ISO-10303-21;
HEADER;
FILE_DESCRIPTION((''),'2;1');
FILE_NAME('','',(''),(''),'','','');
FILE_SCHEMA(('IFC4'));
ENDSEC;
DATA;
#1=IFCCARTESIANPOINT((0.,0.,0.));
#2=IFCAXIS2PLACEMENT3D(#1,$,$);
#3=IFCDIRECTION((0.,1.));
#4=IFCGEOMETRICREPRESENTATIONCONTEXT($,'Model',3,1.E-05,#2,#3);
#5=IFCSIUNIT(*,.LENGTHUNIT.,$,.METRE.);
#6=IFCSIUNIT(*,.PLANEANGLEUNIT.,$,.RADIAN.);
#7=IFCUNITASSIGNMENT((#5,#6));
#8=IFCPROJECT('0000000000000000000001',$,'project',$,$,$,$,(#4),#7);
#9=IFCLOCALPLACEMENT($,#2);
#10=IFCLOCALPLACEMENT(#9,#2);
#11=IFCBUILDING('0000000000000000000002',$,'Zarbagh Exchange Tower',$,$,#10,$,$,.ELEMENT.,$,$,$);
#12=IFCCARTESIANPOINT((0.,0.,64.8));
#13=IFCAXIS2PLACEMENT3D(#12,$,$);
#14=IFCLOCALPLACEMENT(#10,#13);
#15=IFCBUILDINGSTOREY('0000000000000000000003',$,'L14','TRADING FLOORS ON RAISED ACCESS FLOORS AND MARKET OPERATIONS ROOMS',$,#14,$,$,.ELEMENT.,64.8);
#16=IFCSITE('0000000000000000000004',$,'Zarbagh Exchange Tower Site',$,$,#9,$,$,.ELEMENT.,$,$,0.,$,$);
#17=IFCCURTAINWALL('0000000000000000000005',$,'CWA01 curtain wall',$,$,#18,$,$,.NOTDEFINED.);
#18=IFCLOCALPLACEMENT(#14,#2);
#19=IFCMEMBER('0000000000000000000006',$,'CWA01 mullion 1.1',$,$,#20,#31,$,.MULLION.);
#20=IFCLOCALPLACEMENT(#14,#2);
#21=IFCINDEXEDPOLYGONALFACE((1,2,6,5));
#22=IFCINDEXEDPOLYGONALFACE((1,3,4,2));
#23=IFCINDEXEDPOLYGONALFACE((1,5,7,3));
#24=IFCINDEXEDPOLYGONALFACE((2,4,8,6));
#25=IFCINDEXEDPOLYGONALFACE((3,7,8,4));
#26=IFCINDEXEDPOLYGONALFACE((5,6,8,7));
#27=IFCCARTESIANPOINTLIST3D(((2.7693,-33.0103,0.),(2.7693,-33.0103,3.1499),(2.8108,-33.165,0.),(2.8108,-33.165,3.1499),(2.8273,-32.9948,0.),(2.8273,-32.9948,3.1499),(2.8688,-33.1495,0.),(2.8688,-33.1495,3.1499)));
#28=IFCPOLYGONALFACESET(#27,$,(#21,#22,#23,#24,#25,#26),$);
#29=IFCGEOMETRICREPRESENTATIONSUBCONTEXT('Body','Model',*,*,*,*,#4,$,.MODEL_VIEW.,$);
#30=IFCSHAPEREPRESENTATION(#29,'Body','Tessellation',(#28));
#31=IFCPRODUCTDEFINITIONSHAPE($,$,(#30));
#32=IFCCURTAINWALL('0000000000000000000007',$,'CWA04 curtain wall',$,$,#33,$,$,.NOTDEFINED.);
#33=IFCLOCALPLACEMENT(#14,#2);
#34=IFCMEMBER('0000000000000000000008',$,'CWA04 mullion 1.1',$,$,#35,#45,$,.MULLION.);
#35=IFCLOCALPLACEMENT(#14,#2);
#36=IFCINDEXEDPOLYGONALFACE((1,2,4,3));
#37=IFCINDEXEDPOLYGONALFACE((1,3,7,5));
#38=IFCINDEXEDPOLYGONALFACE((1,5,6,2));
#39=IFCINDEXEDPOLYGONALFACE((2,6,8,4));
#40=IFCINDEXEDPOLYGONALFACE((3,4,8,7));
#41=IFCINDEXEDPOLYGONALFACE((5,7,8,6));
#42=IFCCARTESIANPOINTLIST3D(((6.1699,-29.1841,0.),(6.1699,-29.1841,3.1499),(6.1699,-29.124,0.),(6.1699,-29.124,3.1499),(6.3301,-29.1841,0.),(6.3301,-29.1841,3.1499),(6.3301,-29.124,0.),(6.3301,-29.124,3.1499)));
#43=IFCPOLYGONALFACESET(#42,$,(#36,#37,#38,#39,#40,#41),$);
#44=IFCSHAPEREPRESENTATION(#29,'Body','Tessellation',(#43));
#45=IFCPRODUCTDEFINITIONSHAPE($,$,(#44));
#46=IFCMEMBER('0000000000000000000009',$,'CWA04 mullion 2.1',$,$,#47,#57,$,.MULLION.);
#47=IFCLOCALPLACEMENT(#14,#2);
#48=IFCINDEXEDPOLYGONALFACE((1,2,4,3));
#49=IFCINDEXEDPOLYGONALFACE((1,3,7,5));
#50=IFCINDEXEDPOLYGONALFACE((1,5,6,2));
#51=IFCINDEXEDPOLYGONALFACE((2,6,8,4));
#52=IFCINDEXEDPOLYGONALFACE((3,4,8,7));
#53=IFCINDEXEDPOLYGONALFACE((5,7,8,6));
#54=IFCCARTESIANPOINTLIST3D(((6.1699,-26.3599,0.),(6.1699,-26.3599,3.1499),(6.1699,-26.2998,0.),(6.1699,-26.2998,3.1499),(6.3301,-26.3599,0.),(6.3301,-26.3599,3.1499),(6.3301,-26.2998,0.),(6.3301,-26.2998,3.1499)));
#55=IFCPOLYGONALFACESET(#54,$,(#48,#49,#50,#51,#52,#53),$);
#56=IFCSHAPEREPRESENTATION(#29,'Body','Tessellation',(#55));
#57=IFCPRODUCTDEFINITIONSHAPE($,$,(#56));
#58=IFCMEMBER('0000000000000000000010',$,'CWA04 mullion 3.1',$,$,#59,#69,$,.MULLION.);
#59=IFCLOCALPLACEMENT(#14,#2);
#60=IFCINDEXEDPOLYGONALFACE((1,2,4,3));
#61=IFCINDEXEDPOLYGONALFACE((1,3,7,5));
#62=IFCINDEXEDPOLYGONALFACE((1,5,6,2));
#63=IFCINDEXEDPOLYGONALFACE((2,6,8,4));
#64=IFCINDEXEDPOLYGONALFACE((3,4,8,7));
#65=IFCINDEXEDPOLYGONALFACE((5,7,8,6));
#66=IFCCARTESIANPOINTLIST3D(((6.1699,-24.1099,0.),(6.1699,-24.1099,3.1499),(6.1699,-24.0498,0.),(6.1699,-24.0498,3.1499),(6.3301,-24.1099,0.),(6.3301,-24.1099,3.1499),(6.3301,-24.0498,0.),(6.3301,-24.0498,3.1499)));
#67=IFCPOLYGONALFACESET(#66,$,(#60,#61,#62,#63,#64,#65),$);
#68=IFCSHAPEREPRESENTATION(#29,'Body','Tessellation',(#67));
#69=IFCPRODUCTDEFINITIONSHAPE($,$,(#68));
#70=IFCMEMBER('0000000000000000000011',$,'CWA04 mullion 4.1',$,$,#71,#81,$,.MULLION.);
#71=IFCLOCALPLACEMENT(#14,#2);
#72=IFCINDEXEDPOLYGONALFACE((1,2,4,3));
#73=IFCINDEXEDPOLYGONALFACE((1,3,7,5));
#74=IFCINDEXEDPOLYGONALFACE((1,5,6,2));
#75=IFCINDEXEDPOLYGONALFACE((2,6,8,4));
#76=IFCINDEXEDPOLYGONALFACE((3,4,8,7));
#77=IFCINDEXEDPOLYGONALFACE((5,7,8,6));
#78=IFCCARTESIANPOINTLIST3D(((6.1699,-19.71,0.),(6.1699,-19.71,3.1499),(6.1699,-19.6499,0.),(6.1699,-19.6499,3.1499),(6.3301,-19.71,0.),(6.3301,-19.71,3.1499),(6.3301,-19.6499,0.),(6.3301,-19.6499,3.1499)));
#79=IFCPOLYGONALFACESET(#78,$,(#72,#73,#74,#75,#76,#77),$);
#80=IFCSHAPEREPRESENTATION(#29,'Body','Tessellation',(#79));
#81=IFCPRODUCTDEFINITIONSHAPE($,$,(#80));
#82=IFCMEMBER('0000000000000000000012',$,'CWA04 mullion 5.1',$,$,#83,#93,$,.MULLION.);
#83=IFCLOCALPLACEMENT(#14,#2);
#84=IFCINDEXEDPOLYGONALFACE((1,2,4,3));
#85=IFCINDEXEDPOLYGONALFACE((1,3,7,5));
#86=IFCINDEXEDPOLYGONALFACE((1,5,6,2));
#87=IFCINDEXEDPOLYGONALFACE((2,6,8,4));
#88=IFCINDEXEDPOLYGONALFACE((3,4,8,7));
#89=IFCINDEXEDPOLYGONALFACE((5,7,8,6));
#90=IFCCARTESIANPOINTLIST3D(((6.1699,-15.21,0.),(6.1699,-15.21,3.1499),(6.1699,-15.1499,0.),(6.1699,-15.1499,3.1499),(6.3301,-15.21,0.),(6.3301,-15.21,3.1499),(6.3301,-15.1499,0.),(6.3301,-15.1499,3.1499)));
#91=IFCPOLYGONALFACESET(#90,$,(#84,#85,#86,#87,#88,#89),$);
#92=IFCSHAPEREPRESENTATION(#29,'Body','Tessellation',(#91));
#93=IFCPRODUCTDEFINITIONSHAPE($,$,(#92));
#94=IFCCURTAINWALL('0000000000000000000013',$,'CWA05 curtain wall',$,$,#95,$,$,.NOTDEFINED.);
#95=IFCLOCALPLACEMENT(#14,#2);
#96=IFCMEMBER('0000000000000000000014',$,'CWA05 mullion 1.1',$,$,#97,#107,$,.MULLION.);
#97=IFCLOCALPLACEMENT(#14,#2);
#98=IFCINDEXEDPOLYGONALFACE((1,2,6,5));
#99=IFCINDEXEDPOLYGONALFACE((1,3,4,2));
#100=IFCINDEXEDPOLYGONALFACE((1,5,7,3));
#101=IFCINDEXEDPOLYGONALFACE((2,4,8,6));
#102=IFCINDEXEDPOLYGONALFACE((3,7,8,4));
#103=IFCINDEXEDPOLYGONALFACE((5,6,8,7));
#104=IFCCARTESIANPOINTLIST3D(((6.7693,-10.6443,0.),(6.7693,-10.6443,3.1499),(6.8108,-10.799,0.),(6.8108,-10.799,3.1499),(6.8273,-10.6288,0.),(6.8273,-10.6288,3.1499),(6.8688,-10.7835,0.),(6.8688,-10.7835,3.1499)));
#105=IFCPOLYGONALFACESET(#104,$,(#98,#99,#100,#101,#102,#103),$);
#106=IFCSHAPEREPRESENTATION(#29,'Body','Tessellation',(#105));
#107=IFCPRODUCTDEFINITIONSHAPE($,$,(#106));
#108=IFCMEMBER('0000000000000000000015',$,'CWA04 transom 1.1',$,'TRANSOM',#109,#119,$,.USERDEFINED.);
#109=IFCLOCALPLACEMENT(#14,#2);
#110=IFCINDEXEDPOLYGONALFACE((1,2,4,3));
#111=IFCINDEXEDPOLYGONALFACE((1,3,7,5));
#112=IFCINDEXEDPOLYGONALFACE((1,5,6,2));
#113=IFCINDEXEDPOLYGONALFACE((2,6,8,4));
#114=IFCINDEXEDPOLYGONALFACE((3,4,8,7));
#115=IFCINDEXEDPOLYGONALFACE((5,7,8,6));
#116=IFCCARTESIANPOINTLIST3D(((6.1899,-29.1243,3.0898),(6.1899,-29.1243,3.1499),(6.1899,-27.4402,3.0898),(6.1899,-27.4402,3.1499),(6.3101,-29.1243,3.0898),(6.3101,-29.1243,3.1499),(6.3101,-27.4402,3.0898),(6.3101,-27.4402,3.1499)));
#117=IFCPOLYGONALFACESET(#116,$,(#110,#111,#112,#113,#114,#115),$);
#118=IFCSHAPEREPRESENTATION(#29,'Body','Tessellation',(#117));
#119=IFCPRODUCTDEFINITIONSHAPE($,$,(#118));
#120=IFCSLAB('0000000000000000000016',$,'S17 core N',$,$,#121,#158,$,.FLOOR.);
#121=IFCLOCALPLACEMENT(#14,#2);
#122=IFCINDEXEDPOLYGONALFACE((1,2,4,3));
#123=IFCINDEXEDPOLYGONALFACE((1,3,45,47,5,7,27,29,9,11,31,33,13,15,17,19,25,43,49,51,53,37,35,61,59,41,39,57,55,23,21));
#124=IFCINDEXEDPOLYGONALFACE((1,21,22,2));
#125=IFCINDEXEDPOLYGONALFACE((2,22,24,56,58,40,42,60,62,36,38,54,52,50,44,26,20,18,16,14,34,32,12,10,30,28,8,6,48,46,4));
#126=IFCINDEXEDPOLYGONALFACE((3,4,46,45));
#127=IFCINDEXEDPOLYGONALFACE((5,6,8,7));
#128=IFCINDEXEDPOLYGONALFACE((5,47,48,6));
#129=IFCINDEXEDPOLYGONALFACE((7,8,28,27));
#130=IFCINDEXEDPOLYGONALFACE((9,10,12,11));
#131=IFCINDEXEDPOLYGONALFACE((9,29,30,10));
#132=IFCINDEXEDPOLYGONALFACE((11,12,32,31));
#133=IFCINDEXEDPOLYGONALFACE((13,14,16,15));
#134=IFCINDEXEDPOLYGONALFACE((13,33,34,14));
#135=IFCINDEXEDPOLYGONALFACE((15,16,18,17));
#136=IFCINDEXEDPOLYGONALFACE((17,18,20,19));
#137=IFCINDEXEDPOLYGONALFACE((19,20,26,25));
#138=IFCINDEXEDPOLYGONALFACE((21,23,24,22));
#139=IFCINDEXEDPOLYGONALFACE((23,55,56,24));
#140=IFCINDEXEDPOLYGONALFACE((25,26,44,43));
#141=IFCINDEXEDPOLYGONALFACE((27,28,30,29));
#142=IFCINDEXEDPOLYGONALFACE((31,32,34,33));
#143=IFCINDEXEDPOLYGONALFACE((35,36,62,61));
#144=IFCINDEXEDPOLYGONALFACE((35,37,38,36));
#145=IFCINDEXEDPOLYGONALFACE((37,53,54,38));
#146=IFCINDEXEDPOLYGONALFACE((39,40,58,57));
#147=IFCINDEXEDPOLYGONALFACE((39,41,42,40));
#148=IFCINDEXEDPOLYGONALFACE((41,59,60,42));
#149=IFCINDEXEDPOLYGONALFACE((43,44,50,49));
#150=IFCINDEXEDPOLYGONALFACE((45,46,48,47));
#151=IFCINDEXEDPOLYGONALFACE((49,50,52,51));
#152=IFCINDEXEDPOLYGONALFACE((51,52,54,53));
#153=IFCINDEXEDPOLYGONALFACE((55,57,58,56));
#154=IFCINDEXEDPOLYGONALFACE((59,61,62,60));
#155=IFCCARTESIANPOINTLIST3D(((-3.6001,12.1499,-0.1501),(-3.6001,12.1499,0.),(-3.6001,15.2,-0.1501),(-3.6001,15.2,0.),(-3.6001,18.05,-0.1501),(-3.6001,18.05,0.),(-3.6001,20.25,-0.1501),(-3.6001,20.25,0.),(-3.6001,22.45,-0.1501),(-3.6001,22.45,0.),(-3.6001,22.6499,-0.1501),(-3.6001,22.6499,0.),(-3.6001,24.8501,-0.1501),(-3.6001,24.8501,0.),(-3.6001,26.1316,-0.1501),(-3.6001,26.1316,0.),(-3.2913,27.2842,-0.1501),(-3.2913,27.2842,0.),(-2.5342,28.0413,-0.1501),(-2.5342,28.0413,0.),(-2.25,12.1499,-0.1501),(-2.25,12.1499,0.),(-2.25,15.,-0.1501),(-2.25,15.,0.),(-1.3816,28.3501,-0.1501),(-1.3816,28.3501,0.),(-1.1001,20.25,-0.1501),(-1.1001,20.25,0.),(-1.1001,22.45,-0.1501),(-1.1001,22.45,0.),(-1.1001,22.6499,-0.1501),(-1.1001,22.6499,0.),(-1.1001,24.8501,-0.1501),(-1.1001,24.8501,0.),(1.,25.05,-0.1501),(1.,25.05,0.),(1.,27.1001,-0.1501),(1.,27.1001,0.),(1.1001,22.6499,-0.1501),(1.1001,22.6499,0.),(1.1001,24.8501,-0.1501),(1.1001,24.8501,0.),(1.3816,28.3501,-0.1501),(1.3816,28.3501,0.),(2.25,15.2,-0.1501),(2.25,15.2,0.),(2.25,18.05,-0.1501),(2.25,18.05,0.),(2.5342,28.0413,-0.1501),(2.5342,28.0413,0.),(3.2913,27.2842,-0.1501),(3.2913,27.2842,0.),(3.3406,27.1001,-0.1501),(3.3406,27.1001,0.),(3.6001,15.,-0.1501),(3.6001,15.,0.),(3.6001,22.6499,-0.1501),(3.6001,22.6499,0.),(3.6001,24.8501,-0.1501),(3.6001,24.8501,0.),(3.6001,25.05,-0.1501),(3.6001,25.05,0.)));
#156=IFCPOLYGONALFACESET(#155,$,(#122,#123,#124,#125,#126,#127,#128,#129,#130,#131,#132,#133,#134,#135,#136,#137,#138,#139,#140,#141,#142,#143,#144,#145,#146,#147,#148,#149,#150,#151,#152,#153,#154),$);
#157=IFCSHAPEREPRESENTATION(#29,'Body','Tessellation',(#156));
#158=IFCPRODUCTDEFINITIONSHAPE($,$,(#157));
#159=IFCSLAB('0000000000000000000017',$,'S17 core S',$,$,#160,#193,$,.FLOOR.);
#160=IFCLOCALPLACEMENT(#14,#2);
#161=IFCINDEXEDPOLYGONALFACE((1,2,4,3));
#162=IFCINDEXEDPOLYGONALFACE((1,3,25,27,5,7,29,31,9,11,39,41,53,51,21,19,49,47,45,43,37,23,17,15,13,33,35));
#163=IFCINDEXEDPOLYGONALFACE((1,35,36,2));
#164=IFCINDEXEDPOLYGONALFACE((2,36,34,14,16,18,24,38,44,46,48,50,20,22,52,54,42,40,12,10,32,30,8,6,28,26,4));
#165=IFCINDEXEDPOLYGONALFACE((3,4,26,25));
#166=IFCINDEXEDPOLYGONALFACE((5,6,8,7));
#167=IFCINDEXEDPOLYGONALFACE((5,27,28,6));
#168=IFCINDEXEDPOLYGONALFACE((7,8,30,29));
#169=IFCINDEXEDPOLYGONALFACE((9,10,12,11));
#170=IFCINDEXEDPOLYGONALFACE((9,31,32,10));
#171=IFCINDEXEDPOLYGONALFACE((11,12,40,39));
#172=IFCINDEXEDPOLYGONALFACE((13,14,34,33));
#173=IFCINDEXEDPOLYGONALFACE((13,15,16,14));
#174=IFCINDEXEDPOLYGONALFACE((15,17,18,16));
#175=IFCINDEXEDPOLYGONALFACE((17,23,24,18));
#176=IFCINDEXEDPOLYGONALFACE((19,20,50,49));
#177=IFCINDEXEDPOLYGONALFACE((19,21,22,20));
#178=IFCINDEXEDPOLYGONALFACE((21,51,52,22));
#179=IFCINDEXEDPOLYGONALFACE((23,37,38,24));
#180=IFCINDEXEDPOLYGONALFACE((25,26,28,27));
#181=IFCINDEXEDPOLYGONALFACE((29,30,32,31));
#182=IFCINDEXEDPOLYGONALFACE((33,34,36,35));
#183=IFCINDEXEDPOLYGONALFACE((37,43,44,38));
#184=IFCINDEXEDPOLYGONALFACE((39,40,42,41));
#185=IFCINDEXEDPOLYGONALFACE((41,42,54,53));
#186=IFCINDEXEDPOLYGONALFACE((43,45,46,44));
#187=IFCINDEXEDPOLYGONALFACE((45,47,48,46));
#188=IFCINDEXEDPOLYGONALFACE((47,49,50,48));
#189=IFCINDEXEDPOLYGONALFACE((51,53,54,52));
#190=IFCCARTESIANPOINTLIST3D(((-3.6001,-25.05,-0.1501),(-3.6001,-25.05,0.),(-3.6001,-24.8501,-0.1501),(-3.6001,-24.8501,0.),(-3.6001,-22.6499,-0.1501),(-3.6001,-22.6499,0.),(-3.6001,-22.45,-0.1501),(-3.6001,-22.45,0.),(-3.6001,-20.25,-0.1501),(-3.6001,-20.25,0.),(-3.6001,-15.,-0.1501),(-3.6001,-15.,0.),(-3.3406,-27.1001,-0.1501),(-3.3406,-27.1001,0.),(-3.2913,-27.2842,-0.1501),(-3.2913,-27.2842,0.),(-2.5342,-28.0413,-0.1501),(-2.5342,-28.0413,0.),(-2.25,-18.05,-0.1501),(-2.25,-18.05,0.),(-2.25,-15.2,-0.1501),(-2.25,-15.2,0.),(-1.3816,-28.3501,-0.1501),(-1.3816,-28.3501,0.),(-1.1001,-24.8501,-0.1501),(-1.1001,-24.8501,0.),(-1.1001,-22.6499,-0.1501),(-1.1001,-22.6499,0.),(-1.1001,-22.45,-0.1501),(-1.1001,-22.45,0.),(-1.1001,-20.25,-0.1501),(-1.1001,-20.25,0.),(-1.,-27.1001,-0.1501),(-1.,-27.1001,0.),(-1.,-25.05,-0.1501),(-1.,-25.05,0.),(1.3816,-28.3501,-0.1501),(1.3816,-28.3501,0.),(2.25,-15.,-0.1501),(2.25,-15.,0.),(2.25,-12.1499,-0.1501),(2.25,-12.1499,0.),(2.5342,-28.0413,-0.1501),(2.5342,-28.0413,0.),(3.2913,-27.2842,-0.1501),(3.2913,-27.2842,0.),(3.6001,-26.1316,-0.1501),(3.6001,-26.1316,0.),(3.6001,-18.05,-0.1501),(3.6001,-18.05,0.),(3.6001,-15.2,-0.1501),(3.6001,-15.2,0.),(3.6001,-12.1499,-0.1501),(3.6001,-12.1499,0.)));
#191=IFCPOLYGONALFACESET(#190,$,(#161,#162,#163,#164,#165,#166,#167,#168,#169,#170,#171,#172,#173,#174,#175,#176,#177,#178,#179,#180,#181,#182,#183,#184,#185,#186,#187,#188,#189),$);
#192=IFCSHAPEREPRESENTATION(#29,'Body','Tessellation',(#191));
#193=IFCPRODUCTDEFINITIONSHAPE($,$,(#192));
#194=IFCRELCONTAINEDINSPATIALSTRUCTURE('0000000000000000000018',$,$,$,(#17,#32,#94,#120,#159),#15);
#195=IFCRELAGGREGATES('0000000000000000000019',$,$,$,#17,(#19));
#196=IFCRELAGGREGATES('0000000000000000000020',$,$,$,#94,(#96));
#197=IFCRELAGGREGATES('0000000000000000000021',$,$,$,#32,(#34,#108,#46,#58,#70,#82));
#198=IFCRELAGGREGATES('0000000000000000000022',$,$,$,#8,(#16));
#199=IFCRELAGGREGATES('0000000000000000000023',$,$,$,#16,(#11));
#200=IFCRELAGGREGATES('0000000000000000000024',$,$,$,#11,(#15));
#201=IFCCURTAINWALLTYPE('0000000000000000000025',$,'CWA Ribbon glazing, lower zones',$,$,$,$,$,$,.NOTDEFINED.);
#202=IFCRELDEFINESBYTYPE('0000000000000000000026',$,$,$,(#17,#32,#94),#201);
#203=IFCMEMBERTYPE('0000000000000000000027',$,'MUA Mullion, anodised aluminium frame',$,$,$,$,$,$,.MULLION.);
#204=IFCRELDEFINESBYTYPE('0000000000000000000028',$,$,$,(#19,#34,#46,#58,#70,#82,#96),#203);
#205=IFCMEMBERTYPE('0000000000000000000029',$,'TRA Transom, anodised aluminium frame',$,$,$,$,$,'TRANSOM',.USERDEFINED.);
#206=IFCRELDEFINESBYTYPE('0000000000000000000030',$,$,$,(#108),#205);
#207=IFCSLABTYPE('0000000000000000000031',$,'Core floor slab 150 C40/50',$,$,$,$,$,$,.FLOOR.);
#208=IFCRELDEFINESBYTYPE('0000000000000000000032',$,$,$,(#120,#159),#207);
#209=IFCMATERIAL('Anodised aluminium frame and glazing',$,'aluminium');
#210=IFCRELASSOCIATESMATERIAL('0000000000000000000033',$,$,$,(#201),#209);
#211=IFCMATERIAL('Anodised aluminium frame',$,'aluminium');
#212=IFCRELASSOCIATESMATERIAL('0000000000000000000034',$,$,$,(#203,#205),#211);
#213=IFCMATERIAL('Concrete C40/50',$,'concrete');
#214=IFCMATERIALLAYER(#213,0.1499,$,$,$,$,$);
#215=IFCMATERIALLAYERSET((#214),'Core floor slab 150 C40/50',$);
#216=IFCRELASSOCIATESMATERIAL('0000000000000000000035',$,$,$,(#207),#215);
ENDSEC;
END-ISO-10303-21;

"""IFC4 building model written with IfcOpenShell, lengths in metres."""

from ifc_helpers import new_model, si_unit, direction, frame, origin, place, context, subcontext, project, spatial, polyline, outline, extrude, source, transform, mapped, material, layer, layer_set, type_object, element, aggregate, save


model = new_model("IFC4")

# Units and contexts
model_context = context("Model", 3, precision=1e-05, world=origin(), true_north=direction((0.0, 1.0)))
body_context = subcontext(model_context, "Body", "Model", "MODEL_VIEW")
ifc_project = project(units=[si_unit("LENGTHUNIT", "METRE"), si_unit("PLANEANGLEUNIT", "RADIAN")], contexts=[model_context])

# Site, building, storey
site_placement = place(None, origin())
site = spatial("IfcSite", under=ifc_project, at=site_placement, Name="Zarbagh Exchange Tower Site", CompositionType="ELEMENT", RefElevation=0.0)
building_placement = place(site_placement, origin())
building = spatial("IfcBuilding", under=site, at=building_placement, Name="Zarbagh Exchange Tower", CompositionType="ELEMENT")
storey_placement = place(building_placement, frame((0.0, 0.0, 64.8)))
storey = spatial("IfcBuildingStorey", under=building, at=storey_placement, Name="L14", Description="TRADING FLOORS ON RAISED ACCESS FLOORS AND MARKET OPERATIONS ROOMS", CompositionType="ELEMENT", Elevation=64.8)

# Curtain wall, member
ifc_material_1 = material(Name="Anodised aluminium frame and glazing", Category="aluminium")
curtain_wall_type = type_object("IfcCurtainWallType", Name="CWA Ribbon glazing, lower zones", PredefinedType="NOTDEFINED", material=ifc_material_1)
curtain_wall_1_placement = place(storey_placement, origin())
curtain_wall_1 = element("IfcCurtainWall", 1, at=curtain_wall_1_placement, inside=storey, type_object=curtain_wall_type, Name="CWA01 curtain wall", PredefinedType="NOTDEFINED")
ifc_material_2 = material(Name="Anodised aluminium frame", Category="aluminium")
member_type_1 = type_object("IfcMemberType", Name="MUA Mullion, anodised aluminium frame", PredefinedType="MULLION", material=ifc_material_2)
shared_shape_1 = source(origin(), body_context, "Body", "SweptSolid", [
    extrude(outline(polyline([(0.0, -0.0801), (0.0601, -0.0801), (0.0601, 0.0801), (0.0, 0.0801), (0.0, -0.0801)])), origin(), (0.0, 0.0, 1.0), 3.1499),
])
placement = place(storey_placement, origin())
member_1 = element("IfcMember", 2, at=placement, type_object=member_type_1, Name="CWA01 mullion 1.1", PredefinedType="MULLION", context=body_context, shape_type="MappedRepresentation", body=[
    mapped(shared_shape_1, transform((2.79, -33.0876, 0.0), x_axis=(0.965924, 0.258825, 0.0), y_axis=(-0.258825, 0.965924, 0.0), z_axis=(0.0, 0.0, 1.0))),
])

# Curtain wall, members
curtain_wall_2_placement = place(storey_placement, origin())
curtain_wall_2 = element("IfcCurtainWall", 3, at=curtain_wall_2_placement, inside=storey, type_object=curtain_wall_type, Name="CWA04 curtain wall", PredefinedType="NOTDEFINED")
member_2 = element("IfcMember", 4, at=placement, type_object=member_type_1, Name="CWA04 mullion 1.1", PredefinedType="MULLION", context=body_context, shape_type="MappedRepresentation", body=[
    mapped(shared_shape_1, transform((6.25, -29.1841, 0.0), x_axis=(0.0, 1.0, 0.0), y_axis=(-1.0, 0.0, 0.0), z_axis=(0.0, 0.0, 1.0))),
])
member_3 = element("IfcMember", 5, at=placement, type_object=member_type_1, Name="CWA04 mullion 2.1", PredefinedType="MULLION", context=body_context, shape_type="MappedRepresentation", body=[
    mapped(shared_shape_1, transform((6.25, -26.3599, 0.0), x_axis=(0.0, 1.0, 0.0), y_axis=(-1.0, 0.0, 0.0), z_axis=(0.0, 0.0, 1.0))),
])
member_4 = element("IfcMember", 6, at=placement, type_object=member_type_1, Name="CWA04 mullion 3.1", PredefinedType="MULLION", context=body_context, shape_type="MappedRepresentation", body=[
    mapped(shared_shape_1, transform((6.25, -24.1099, 0.0), x_axis=(0.0, 1.0, 0.0), y_axis=(-1.0, 0.0, 0.0), z_axis=(0.0, 0.0, 1.0))),
])
member_5 = element("IfcMember", 7, at=placement, type_object=member_type_1, Name="CWA04 mullion 4.1", PredefinedType="MULLION", context=body_context, shape_type="MappedRepresentation", body=[
    mapped(shared_shape_1, transform((6.25, -19.71, 0.0), x_axis=(0.0, 1.0, 0.0), y_axis=(-1.0, 0.0, 0.0), z_axis=(0.0, 0.0, 1.0))),
])
member_6 = element("IfcMember", 8, at=placement, type_object=member_type_1, Name="CWA04 mullion 5.1", PredefinedType="MULLION", context=body_context, shape_type="MappedRepresentation", body=[
    mapped(shared_shape_1, transform((6.25, -15.21, 0.0), x_axis=(0.0, 1.0, 0.0), y_axis=(-1.0, 0.0, 0.0), z_axis=(0.0, 0.0, 1.0))),
])

# Curtain wall, member
curtain_wall_3_placement = place(storey_placement, origin())
curtain_wall_3 = element("IfcCurtainWall", 9, at=curtain_wall_3_placement, inside=storey, type_object=curtain_wall_type, Name="CWA05 curtain wall", PredefinedType="NOTDEFINED")
member_7 = element("IfcMember", 10, at=placement, type_object=member_type_1, Name="CWA05 mullion 1.1", PredefinedType="MULLION", context=body_context, shape_type="MappedRepresentation", body=[
    mapped(shared_shape_1, transform((6.79, -10.7217, 0.0), x_axis=(0.965924, 0.258825, 0.0), y_axis=(-0.258825, 0.965924, 0.0), z_axis=(0.0, 0.0, 1.0))),
])

# Member
member_type_2 = type_object("IfcMemberType", Name="TRA Transom, anodised aluminium frame", ElementType="TRANSOM", PredefinedType="USERDEFINED", material=ifc_material_2)
shared_shape_2 = source(origin(), body_context, "Body", "SweptSolid", [
    extrude(outline(polyline([(-0.0601, -0.0601), (0.0, -0.0601), (0.0, 0.0601), (-0.0601, 0.0601), (-0.0601, -0.0601)])), origin(), (0.0, 0.0, 1.0), 1.6841),
])
member_8 = element("IfcMember", 11, at=placement, type_object=member_type_2, Name="CWA04 transom 1.1", ObjectType="TRANSOM", PredefinedType="USERDEFINED", context=body_context, shape_type="MappedRepresentation", body=[
    mapped(shared_shape_2, transform((6.25, -29.1243, 3.1499), x_axis=(0.0, 0.0, 1.0), y_axis=(1.0, 0.0, 0.0), z_axis=(0.0, 1.0, 0.0))),
])

# Slabs
ifc_material_3 = material(Name="Concrete C40/50", Category="concrete")
ifc_layer_1 = layer(ifc_material_3, 0.1499)
ifc_layer_set_1 = layer_set([ifc_layer_1], Name="Core floor slab 150 C40/50")
slab_type = type_object("IfcSlabType", Name="Core floor slab 150 C40/50", PredefinedType="FLOOR", material=ifc_layer_set_1)
slab_1_placement = place(storey_placement, frame((0.0, 0.0, -0.1501)))
element("IfcSlab", 12, at=slab_1_placement, inside=storey, type_object=slab_type, Name="S17 core N", PredefinedType="FLOOR", context=body_context, shape_type="SweptSolid", body=[
    extrude(outline(polyline([(-3.6001, 12.1499), (-3.6001, 15.2), (2.25, 15.2), (2.25, 18.05), (-3.6001, 18.05), (-3.6001, 20.25), (-1.1001, 20.25), (-1.1001, 22.45), (-3.6001, 22.45), (-3.6001, 22.6499), (-1.1001, 22.6499), (-1.1001, 24.8501), (-3.6001, 24.8501), (-3.6001, 26.1316), (-3.2913, 27.2842), (-2.5342, 28.0413), (-1.3816, 28.3501), (1.3816, 28.3501), (2.5342, 28.0413), (3.2913, 27.2842), (3.3406, 27.1001), (1.0, 27.1001), (1.0, 25.05), (3.6001, 25.05), (3.6001, 24.8501), (1.1001, 24.8501), (1.1001, 22.6499), (3.6001, 22.6499), (3.6001, 15.0), (-2.25, 15.0), (-2.25, 12.1499), (-3.6001, 12.1499)])), origin(), (0.0, 0.0, 1.0), 0.1501),
])
slab_2_placement = place(storey_placement, frame((0.0, 0.0, -0.1501)))
element("IfcSlab", 13, at=slab_2_placement, inside=storey, type_object=slab_type, Name="S17 core S", PredefinedType="FLOOR", context=body_context, shape_type="SweptSolid", body=[
    extrude(outline(polyline([(-2.5342, -28.0413), (-3.2913, -27.2842), (-3.3406, -27.1001), (-1.0, -27.1001), (-1.0, -25.05), (-3.6001, -25.05), (-3.6001, -24.8501), (-1.1001, -24.8501), (-1.1001, -22.6499), (-3.6001, -22.6499), (-3.6001, -22.45), (-1.1001, -22.45), (-1.1001, -20.25), (-3.6001, -20.25), (-3.6001, -15.0), (2.25, -15.0), (2.25, -12.1499), (3.6001, -12.1499), (3.6001, -15.2), (-2.25, -15.2), (-2.25, -18.05), (3.6001, -18.05), (3.6001, -26.1316), (3.2913, -27.2842), (2.5342, -28.0413), (1.3816, -28.3501), (-1.3816, -28.3501), (-2.5342, -28.0413)])), origin(), (0.0, 0.0, 1.0), 0.1501),
])

aggregate(curtain_wall_1, [member_1])

aggregate(curtain_wall_3, [member_7])
aggregate(curtain_wall_2, [member_2, member_8, member_3, member_4, member_5, member_6])

save(model, "model.ifc")
